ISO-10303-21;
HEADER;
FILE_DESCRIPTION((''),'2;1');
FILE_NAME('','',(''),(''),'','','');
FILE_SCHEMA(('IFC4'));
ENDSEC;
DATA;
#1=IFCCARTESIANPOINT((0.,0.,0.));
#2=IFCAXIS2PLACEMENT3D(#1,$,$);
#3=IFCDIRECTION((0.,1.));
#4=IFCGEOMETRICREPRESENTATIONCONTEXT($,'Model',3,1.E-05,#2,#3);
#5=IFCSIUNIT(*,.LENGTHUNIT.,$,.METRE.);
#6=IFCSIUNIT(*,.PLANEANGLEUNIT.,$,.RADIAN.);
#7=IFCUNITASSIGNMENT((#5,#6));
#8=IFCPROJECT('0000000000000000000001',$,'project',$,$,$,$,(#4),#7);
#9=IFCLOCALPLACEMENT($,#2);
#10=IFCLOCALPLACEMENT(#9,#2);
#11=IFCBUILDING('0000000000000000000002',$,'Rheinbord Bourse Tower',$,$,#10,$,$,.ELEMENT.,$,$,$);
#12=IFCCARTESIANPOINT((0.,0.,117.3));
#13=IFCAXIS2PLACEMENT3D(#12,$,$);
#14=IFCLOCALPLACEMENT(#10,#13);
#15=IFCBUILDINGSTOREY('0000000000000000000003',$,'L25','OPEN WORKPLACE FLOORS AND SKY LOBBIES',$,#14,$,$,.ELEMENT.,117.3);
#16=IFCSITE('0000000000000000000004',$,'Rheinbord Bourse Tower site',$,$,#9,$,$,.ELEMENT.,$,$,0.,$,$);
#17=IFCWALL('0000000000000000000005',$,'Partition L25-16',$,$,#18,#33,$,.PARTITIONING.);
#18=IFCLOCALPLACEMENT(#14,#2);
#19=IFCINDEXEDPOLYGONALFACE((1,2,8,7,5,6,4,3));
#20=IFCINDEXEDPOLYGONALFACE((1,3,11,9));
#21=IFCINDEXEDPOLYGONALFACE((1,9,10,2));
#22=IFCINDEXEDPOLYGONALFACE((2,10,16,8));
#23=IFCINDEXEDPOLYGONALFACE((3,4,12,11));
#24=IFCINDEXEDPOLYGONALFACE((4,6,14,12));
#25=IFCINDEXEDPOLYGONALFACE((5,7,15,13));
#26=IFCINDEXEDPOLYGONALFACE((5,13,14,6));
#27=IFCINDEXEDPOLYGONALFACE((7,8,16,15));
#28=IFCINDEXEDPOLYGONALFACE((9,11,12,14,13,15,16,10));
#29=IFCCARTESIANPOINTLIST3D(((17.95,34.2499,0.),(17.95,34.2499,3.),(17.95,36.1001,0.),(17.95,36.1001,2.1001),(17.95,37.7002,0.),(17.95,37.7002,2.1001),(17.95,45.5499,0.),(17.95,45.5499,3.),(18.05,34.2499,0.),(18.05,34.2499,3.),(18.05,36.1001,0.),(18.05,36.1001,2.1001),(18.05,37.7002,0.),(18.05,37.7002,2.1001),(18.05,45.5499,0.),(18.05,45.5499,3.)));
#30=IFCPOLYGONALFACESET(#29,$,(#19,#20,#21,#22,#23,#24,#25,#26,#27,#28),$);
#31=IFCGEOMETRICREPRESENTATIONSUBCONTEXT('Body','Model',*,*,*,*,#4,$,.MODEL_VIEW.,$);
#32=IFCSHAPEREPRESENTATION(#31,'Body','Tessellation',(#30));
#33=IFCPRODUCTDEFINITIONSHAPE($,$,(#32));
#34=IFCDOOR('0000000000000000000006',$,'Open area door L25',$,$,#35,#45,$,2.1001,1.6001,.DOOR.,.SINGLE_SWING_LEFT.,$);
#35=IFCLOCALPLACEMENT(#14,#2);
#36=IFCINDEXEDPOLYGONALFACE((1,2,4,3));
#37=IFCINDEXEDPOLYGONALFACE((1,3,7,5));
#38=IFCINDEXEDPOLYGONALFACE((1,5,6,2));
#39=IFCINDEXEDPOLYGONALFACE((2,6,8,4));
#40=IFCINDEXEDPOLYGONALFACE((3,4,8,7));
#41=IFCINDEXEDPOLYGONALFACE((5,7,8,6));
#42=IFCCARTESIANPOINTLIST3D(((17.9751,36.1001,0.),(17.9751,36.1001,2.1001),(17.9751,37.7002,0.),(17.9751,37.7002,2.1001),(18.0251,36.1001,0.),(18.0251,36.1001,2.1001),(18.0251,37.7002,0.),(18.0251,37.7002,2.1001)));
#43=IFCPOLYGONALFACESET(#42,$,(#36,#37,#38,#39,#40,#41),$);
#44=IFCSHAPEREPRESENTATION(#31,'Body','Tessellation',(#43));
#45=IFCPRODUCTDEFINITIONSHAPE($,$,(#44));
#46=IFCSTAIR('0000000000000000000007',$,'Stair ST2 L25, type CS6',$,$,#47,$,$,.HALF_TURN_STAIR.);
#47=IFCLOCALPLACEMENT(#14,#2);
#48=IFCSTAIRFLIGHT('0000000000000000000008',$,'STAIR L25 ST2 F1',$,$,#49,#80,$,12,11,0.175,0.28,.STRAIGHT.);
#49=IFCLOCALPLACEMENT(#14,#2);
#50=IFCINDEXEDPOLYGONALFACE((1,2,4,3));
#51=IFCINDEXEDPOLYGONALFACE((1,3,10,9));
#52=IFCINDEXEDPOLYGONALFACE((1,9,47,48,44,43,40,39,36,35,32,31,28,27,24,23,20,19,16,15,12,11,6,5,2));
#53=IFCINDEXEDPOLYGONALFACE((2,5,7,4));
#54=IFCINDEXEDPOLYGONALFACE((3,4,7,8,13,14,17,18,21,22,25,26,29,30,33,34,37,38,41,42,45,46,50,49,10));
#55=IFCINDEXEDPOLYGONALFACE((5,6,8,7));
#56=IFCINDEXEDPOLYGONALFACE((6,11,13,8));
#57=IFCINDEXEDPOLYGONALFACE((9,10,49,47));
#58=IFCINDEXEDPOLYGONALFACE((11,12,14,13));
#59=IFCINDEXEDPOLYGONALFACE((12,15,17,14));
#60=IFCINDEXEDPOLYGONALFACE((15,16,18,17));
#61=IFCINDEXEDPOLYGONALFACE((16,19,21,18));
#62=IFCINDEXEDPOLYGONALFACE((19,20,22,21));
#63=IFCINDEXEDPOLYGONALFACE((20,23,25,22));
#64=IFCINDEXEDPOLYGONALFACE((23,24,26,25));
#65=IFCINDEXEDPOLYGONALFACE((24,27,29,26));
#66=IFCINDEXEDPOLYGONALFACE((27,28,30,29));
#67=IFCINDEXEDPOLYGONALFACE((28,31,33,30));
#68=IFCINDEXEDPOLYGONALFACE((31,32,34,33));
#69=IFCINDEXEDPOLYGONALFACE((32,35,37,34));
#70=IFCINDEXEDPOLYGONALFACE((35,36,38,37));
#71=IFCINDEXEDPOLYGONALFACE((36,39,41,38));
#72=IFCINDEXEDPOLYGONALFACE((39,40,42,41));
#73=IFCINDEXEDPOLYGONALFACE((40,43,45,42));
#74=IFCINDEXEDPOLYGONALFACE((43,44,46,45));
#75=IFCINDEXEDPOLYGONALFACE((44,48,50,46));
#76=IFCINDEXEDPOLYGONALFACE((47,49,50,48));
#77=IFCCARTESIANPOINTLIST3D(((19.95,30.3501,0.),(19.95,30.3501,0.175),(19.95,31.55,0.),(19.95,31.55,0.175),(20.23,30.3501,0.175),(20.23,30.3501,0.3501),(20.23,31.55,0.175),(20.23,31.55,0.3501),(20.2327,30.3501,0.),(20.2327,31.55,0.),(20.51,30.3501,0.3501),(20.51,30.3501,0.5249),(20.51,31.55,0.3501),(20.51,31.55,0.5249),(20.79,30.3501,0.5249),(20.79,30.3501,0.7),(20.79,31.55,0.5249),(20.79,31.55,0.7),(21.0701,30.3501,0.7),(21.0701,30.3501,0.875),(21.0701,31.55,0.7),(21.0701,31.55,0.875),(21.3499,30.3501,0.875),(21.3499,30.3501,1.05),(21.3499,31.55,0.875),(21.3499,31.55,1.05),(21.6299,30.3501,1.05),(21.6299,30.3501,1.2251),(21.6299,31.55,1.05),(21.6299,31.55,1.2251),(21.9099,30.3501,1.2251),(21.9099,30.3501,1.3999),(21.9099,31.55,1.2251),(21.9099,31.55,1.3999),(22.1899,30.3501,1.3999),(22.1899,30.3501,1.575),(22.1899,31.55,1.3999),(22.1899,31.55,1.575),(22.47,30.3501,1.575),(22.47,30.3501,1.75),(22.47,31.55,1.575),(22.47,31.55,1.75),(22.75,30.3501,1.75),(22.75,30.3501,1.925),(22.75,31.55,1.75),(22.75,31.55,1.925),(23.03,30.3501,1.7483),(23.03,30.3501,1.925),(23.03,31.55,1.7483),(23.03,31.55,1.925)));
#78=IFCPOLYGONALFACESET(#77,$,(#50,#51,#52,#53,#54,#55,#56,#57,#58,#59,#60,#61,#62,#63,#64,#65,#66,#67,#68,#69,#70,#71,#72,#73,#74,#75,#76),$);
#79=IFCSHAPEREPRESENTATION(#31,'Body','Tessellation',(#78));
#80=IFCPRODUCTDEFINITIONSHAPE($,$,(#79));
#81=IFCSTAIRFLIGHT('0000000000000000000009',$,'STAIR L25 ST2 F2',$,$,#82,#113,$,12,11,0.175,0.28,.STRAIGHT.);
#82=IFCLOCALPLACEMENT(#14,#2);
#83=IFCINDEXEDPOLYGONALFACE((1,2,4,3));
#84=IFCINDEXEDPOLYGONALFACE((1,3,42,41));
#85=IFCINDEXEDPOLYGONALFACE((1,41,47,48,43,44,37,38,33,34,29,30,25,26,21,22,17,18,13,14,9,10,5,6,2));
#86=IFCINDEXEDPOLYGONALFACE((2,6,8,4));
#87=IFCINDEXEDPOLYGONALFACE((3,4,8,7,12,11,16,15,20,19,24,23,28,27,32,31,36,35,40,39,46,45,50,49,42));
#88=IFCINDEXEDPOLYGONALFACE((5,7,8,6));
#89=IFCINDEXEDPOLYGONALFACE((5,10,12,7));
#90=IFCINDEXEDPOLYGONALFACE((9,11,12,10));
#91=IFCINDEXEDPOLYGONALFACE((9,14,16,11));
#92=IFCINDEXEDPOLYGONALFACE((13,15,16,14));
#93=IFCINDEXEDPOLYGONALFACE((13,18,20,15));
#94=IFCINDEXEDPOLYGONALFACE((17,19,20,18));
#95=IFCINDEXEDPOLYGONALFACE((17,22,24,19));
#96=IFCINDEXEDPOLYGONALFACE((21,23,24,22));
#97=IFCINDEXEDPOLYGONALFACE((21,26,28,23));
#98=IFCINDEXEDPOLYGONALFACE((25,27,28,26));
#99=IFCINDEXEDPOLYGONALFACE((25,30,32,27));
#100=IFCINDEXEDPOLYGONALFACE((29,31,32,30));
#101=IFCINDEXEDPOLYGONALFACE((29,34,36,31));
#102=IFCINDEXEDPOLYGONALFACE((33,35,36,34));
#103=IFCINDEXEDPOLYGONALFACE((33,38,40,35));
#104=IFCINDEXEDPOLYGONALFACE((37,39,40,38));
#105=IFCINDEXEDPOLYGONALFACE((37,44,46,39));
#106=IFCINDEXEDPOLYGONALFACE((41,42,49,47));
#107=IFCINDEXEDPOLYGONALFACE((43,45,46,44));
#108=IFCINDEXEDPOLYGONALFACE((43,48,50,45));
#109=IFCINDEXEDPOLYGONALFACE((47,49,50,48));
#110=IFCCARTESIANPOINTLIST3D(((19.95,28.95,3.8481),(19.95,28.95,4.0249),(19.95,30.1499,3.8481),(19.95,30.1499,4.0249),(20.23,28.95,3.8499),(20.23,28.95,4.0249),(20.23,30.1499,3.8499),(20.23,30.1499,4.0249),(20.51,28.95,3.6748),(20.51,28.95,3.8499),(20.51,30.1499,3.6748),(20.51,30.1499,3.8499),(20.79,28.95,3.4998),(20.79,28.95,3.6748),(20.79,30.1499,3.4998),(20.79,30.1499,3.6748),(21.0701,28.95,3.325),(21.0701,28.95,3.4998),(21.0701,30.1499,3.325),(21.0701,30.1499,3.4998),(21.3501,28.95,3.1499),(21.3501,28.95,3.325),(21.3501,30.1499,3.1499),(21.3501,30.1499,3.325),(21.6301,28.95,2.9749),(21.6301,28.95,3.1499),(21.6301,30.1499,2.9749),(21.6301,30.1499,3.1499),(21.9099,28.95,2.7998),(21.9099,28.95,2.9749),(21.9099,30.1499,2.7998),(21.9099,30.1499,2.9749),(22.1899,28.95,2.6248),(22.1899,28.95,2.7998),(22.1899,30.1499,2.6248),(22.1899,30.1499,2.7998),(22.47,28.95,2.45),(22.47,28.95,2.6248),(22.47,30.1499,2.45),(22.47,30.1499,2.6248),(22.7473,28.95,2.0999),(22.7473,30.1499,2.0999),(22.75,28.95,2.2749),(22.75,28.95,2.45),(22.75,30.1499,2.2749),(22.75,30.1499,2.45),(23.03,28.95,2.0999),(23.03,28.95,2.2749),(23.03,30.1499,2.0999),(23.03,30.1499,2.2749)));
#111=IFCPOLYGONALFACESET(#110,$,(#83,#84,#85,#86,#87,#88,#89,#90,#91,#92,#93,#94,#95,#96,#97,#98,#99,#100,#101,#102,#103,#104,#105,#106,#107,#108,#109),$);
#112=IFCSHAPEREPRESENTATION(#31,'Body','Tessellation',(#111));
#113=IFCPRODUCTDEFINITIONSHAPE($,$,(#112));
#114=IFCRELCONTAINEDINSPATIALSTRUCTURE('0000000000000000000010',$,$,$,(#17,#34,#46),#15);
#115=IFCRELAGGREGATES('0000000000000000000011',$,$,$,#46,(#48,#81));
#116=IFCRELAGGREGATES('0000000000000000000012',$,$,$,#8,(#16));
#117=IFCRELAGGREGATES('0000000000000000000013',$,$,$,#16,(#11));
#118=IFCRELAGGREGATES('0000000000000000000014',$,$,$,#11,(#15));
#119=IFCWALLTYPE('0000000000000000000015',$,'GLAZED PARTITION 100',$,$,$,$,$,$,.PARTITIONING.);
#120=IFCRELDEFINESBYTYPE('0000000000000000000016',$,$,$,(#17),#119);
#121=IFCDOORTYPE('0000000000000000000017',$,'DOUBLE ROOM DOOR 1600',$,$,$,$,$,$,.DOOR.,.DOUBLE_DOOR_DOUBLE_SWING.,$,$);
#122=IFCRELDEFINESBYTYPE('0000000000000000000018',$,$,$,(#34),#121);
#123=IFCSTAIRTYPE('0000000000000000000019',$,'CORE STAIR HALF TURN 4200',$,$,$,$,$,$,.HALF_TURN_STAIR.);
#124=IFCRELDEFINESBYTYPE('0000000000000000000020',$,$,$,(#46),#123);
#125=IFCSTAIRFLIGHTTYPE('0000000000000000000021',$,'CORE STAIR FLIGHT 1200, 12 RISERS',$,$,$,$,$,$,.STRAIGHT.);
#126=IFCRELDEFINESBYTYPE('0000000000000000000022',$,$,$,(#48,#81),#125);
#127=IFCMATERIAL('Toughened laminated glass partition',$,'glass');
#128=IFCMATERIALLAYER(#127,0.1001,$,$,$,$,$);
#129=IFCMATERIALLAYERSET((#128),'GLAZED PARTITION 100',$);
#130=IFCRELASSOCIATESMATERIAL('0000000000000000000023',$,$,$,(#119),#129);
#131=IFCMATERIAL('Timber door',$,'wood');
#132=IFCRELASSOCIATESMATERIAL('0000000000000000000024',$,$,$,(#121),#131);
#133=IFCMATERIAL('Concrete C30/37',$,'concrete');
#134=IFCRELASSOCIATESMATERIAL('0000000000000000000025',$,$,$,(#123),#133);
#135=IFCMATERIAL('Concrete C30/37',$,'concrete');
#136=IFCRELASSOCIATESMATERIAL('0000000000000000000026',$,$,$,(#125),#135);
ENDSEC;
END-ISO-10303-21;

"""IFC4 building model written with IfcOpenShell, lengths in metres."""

from ifc_helpers import new_model, si_unit, direction, frame, frame_2d, origin, place, context, subcontext, project, spatial, polyline, rectangle, outline, extrude, material, layer, layer_set, type_object, element, fill, aggregate, save


model = new_model("IFC4")

# Units and contexts
model_context = context("Model", 3, precision=1e-05, world=origin(), true_north=direction((0.0, 1.0)))
body_context = subcontext(model_context, "Body", "Model", "MODEL_VIEW")
ifc_project = project(units=[si_unit("LENGTHUNIT", "METRE"), si_unit("PLANEANGLEUNIT", "RADIAN")], contexts=[model_context])

# Site, building, storey
site_placement = place(None, origin())
site = spatial("IfcSite", under=ifc_project, at=site_placement, Name="Rheinbord Bourse Tower site", CompositionType="ELEMENT", RefElevation=0.0)
building_placement = place(site_placement, origin())
building = spatial("IfcBuilding", under=site, at=building_placement, Name="Rheinbord Bourse Tower", CompositionType="ELEMENT")
storey_placement = place(building_placement, frame((0.0, 0.0, 117.3)))
storey = spatial("IfcBuildingStorey", under=building, at=storey_placement, Name="L25", Description="OPEN WORKPLACE FLOORS AND SKY LOBBIES", CompositionType="ELEMENT", Elevation=117.3)

# Shared definitions
ifc_material_1 = material(Name="Toughened laminated glass partition", Category="glass")
ifc_layer_1 = layer(ifc_material_1, 0.1001)
ifc_layer_set_1 = layer_set([ifc_layer_1], Name="GLAZED PARTITION 100")
wall_type_1 = type_object("IfcWallType", Name="GLAZED PARTITION 100", PredefinedType="PARTITIONING", material=ifc_layer_set_1)

# Wall, opening, door
wall_1_placement = place(storey_placement, frame((18.0, 34.25, 0.0), z_axis=(0.0, 0.0, 1.0), x_axis=(0.0, 1.0, 0.0)))
wall_1 = element("IfcWall", 1, at=wall_1_placement, inside=storey, type_object=wall_type_1, Name="Partition L25-16", PredefinedType="PARTITIONING", context=body_context, shape_type="SweptSolid", body=[
    extrude(rectangle(XDim=11.3, YDim=0.1001, at=frame_2d((5.6499, 0.0))), origin(), (0.0, 0.0, 1.0), 3.0),
])
opening_1_placement = place(wall_1_placement, frame((1.8501, 0.0, 0.0)))
opening_1 = element("IfcOpeningElement", 2, at=opening_1_placement, cuts=wall_1, PredefinedType="OPENING", context=body_context, shape_type="SweptSolid", body=[
    extrude(rectangle(XDim=1.6001, YDim=2.1001, at=frame_2d((0.8, 1.05))), frame((0.0, 0.0601, 0.0), z_axis=(0.0, -1.0, 0.0), x_axis=(1.0, 0.0, 0.0)), (0.0, 0.0, 1.0), 0.1201),
])
ifc_material_2 = material(Name="Timber door", Category="wood")
door_type_1 = type_object("IfcDoorType", Name="DOUBLE ROOM DOOR 1600", OperationType="DOUBLE_DOOR_DOUBLE_SWING", PredefinedType="DOOR", material=ifc_material_2)
door_1_placement = place(opening_1_placement, origin())
door_1 = element("IfcDoor", 3, at=door_1_placement, inside=storey, type_object=door_type_1, Name="Open area door L25", OperationType="SINGLE_SWING_LEFT", OverallHeight=2.1001, OverallWidth=1.6001, PredefinedType="DOOR", context=body_context, shape_type="SweptSolid", body=[
    extrude(rectangle(XDim=1.6001, YDim=2.1001, at=frame_2d((0.8, 1.05))), frame((0.0, 0.0249, 0.0), z_axis=(0.0, -1.0, 0.0), x_axis=(1.0, 0.0, 0.0)), (0.0, 0.0, 1.0), 0.05),
])
fill(opening_1, door_1)

# Stair, stair flights
ifc_material_3 = material(Name="Concrete C30/37", Category="concrete")
stair_type = type_object("IfcStairType", Name="CORE STAIR HALF TURN 4200", PredefinedType="HALF_TURN_STAIR", material=ifc_material_3)
stair_placement = place(storey_placement, origin())
stair = element("IfcStair", 4, at=stair_placement, inside=storey, type_object=stair_type, Name="Stair ST2 L25, type CS6", PredefinedType="HALF_TURN_STAIR")
ifc_material_4 = material(Name="Concrete C30/37", Category="concrete")
stair_flight_type = type_object("IfcStairFlightType", Name="CORE STAIR FLIGHT 1200, 12 RISERS", PredefinedType="STRAIGHT", material=ifc_material_4)
stair_flight_1_placement = place(storey_placement, frame((19.95, 30.95, 0.0), z_axis=(0.0, 0.0, 1.0), x_axis=(1.0, 0.0, 0.0)))
stair_flight_1 = element("IfcStairFlight", 5, at=stair_flight_1_placement, type_object=stair_flight_type, Name="STAIR L25 ST2 F1", NumberOfRisers=12, NumberOfTreads=11, PredefinedType="STRAIGHT", RiserHeight=0.175, TreadLength=0.28, context=body_context, shape_type="SweptSolid", body=[
    extrude(outline(polyline([(0.0, 0.0), (0.0, 0.175), (0.28, 0.175), (0.28, 0.3501), (0.5601, 0.3501), (0.5601, 0.5249), (0.8401, 0.5249), (0.8401, 0.7), (1.1201, 0.7), (1.1201, 0.875), (1.3999, 0.875), (1.3999, 1.05), (1.6799, 1.05), (1.6799, 1.2251), (1.96, 1.2251), (1.96, 1.3999), (2.24, 1.3999), (2.24, 1.575), (2.52, 1.575), (2.52, 1.75), (2.8, 1.75), (2.8, 1.925), (3.0801, 1.925), (3.0801, 2.1001), (3.0801, 1.7483), (0.2827, 0.0), (0.0, 0.0)])), frame((0.0, 0.6001, 0.0), z_axis=(0.0, -1.0, 0.0), x_axis=(1.0, 0.0, 0.0)), (0.0, 0.0, 1.0), 1.2),
])
stair_flight_2_placement = place(storey_placement, frame((23.03, 29.55, 2.0999), z_axis=(0.0, 0.0, 1.0), x_axis=(-1.0, 0.0, 0.0)))
stair_flight_2 = element("IfcStairFlight", 6, at=stair_flight_2_placement, type_object=stair_flight_type, Name="STAIR L25 ST2 F2", NumberOfRisers=12, NumberOfTreads=11, PredefinedType="STRAIGHT", RiserHeight=0.175, TreadLength=0.28, context=body_context, shape_type="SweptSolid", body=[
    extrude(outline(polyline([(0.0, 0.0), (0.0, 0.175), (0.28, 0.175), (0.28, 0.3501), (0.5601, 0.3501), (0.5601, 0.5249), (0.8401, 0.5249), (0.8401, 0.7), (1.1201, 0.7), (1.1201, 0.875), (1.3999, 0.875), (1.3999, 1.05), (1.6799, 1.05), (1.6799, 1.2251), (1.96, 1.2251), (1.96, 1.3999), (2.24, 1.3999), (2.24, 1.575), (2.52, 1.575), (2.52, 1.75), (2.8, 1.75), (2.8, 1.925), (3.0801, 1.925), (3.0801, 2.1001), (3.0801, 1.7483), (0.2827, 0.0), (0.0, 0.0)])), frame((0.0, 0.6001, 0.0), z_axis=(0.0, -1.0, 0.0), x_axis=(1.0, 0.0, 0.0)), (0.0, 0.0, 1.0), 1.2),
])
aggregate(stair, [stair_flight_1, stair_flight_2])

save(model, "model.ifc")
